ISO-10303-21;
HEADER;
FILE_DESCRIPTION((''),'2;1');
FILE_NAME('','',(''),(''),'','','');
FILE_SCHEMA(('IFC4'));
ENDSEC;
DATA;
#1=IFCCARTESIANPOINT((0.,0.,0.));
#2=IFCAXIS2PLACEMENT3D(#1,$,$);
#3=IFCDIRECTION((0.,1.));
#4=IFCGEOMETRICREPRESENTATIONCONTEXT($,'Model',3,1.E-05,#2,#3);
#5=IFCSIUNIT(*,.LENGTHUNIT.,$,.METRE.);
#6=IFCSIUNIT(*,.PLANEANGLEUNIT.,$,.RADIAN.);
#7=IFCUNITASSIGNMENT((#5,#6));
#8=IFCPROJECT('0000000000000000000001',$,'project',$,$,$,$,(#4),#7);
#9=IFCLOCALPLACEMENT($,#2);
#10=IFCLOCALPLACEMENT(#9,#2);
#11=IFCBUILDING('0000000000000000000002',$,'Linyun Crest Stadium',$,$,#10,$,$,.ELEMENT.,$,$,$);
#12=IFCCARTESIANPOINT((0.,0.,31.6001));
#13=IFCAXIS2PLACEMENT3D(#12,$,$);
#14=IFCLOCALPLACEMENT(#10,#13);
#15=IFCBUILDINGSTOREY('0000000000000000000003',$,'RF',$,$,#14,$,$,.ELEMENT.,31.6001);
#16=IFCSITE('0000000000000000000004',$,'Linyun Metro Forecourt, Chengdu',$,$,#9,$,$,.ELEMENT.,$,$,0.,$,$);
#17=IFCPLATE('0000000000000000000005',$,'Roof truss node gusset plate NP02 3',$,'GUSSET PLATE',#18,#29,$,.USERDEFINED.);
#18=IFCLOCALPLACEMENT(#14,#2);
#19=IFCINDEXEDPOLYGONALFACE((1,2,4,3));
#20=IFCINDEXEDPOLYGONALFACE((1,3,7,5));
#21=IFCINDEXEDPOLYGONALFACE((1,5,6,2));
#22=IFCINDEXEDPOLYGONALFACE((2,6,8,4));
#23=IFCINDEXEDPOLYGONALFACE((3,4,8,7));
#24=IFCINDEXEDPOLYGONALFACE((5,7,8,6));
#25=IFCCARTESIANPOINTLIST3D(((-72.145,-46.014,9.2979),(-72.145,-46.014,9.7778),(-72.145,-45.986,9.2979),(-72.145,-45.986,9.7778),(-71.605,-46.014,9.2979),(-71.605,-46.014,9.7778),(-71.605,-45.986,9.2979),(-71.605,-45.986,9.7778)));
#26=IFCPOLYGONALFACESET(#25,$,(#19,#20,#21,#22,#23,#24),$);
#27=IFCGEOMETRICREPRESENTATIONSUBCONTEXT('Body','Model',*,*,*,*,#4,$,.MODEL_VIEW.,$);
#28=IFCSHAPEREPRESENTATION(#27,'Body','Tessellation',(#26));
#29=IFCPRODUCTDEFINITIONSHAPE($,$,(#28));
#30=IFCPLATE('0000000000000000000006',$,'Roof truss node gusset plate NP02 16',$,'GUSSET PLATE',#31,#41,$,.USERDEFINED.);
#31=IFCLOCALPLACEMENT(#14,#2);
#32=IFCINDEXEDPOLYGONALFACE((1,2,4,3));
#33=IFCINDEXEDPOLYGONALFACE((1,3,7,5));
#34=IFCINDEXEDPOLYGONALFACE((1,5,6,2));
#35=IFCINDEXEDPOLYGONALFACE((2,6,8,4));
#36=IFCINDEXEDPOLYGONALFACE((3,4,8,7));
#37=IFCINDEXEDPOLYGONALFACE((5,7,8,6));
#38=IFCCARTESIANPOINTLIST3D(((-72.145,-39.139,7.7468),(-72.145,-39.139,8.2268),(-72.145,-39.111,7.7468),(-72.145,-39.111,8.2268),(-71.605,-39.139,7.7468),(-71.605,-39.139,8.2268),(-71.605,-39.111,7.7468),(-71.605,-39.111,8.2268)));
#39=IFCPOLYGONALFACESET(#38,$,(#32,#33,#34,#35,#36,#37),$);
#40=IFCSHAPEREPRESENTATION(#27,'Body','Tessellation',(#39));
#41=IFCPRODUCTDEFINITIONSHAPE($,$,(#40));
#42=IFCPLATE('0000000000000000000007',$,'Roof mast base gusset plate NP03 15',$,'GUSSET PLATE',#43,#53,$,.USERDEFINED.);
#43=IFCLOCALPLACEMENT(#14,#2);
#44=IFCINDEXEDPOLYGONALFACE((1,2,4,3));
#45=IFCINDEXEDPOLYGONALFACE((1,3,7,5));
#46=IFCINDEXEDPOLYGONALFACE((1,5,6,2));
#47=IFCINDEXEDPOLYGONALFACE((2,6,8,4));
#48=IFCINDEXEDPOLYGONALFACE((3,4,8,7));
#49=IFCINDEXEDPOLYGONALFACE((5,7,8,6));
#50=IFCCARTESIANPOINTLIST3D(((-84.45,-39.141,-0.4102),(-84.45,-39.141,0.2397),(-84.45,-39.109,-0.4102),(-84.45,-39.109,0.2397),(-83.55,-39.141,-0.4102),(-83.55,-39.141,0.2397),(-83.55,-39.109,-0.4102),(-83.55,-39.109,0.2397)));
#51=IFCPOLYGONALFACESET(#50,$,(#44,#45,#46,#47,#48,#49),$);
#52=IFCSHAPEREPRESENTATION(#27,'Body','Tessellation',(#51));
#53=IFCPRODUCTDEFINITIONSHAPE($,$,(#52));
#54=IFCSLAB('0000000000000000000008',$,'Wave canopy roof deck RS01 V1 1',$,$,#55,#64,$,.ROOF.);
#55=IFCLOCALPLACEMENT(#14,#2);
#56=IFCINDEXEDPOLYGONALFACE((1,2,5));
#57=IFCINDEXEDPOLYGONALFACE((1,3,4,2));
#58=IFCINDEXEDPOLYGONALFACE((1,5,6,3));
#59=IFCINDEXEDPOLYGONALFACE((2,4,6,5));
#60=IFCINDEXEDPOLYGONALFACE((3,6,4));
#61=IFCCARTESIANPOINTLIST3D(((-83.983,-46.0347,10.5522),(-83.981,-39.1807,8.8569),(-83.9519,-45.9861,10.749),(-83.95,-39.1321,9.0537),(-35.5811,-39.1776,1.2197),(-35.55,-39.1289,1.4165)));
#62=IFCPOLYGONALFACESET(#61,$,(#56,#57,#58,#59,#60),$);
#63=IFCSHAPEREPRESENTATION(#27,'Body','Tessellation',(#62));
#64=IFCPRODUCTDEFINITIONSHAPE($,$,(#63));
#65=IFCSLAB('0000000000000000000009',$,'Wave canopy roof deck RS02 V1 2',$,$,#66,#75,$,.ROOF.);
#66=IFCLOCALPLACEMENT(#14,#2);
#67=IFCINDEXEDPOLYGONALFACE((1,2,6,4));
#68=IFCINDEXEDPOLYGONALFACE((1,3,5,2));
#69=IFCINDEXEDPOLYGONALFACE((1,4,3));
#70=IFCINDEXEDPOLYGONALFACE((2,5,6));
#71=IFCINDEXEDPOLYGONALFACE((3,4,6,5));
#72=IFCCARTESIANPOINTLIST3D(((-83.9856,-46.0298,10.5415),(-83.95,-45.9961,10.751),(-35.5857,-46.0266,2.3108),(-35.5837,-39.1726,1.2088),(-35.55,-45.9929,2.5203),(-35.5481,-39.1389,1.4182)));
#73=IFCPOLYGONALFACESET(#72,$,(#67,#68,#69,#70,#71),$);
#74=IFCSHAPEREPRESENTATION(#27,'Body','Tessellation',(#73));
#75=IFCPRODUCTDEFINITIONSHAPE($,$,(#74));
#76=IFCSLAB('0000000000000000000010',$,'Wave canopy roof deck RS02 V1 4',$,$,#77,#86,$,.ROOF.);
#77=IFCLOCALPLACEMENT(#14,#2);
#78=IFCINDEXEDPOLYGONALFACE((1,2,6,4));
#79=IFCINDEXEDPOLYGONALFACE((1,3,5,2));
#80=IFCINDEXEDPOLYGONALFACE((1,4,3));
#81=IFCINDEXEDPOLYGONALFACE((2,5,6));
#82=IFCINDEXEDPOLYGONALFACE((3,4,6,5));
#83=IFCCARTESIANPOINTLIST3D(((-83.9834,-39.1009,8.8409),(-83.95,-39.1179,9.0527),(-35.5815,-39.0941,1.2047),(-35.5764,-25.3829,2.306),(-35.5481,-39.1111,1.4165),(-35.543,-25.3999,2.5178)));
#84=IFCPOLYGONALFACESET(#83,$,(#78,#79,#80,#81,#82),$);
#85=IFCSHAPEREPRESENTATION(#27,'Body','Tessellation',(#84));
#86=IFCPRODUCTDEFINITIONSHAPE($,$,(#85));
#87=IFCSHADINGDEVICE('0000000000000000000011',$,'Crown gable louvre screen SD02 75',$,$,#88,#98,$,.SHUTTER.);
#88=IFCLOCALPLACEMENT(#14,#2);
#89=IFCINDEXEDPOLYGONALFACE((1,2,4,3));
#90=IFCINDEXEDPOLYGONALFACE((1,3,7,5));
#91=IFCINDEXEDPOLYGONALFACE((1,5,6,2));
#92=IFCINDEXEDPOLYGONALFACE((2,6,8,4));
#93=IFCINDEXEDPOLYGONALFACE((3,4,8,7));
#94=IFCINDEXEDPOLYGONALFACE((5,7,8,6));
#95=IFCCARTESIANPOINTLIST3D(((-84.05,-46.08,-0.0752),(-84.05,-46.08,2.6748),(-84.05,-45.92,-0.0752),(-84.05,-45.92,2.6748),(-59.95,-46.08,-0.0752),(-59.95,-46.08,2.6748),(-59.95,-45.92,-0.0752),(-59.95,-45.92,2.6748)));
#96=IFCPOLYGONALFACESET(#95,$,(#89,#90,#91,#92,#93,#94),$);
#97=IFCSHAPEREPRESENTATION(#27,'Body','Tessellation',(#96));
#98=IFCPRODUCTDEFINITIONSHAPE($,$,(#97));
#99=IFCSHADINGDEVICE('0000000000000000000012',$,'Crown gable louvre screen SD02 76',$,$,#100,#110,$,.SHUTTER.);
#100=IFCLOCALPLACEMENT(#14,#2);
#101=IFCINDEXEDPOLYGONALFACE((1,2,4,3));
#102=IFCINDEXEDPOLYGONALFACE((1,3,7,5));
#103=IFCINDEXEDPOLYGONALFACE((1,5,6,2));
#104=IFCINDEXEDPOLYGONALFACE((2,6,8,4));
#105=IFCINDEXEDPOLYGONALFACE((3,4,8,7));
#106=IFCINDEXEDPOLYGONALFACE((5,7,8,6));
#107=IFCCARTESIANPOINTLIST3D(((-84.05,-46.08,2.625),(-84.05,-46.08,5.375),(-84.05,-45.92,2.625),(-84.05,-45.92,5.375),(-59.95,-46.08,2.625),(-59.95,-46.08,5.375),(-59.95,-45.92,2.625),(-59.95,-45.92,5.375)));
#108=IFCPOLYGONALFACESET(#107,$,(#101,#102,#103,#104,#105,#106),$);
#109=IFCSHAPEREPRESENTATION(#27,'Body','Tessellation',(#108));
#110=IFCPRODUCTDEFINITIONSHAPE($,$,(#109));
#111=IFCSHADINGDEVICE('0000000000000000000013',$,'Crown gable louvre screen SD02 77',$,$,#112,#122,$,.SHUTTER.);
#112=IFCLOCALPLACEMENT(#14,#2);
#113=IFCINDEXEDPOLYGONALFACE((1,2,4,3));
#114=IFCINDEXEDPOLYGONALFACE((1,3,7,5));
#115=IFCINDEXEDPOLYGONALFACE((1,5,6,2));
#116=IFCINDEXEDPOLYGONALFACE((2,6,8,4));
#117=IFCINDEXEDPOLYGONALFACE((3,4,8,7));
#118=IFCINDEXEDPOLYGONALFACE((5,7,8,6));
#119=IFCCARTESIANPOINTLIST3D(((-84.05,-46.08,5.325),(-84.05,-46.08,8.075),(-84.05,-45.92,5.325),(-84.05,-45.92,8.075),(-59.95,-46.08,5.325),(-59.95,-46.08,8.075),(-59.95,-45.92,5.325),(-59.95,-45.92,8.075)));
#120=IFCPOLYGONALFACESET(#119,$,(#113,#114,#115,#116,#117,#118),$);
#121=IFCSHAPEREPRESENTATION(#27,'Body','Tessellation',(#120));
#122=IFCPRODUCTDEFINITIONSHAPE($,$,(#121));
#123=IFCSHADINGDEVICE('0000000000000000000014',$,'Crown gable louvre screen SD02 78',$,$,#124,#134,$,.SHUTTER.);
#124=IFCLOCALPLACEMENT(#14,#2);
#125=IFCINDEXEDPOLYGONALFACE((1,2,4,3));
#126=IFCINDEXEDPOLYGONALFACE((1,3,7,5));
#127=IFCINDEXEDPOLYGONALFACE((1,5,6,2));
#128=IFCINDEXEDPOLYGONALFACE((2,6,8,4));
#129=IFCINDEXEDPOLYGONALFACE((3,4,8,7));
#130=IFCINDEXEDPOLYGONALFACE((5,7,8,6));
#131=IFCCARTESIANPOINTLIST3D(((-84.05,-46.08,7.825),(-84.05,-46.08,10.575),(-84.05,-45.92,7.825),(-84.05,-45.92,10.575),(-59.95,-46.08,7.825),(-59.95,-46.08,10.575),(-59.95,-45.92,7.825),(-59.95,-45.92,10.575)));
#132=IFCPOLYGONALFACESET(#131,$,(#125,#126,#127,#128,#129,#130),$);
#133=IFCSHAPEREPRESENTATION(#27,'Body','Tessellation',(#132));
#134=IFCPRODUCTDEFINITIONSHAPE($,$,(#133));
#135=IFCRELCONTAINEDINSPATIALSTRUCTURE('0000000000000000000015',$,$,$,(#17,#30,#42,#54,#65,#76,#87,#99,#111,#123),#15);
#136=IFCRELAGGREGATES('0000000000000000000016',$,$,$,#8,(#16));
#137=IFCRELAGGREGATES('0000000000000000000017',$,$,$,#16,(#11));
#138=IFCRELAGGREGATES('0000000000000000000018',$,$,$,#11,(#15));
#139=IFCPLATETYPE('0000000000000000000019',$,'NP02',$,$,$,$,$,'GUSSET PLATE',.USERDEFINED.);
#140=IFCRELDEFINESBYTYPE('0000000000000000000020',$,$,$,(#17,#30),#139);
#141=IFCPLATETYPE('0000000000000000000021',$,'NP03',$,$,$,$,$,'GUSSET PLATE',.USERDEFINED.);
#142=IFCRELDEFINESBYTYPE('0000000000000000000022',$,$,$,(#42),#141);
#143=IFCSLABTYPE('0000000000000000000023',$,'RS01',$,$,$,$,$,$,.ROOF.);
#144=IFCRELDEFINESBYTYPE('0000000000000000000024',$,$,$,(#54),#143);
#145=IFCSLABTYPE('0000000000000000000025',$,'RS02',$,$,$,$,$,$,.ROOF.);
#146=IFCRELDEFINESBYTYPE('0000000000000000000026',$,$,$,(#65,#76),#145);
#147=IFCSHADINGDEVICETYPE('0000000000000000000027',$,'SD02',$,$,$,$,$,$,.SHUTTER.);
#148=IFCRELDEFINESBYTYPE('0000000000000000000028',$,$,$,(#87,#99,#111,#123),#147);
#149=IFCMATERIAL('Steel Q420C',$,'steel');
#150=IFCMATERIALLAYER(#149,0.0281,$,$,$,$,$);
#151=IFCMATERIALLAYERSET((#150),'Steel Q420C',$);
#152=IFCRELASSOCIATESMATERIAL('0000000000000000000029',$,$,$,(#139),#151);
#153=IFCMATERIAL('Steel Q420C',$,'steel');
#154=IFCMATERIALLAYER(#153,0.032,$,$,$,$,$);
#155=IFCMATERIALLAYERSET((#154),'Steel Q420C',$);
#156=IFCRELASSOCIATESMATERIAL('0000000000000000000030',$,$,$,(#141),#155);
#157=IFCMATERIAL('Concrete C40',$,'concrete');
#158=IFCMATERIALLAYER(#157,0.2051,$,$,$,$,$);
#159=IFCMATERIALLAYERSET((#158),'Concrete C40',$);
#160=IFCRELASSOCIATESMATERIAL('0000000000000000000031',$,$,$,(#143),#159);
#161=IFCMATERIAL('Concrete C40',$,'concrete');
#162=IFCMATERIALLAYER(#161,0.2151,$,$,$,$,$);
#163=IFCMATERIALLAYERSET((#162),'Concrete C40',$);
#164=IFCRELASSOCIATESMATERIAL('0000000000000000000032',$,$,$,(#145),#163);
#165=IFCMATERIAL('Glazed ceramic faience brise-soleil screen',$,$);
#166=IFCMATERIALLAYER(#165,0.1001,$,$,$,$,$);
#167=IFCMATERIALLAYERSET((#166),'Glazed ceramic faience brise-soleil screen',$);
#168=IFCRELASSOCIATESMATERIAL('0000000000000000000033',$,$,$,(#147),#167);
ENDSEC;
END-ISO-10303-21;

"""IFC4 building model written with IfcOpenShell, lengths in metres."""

from ifc_helpers import new_model, si_unit, direction, frame, origin, origin_2d, place, context, subcontext, project, spatial, polyline, rectangle, outline, extrude, material, layer, layer_set, type_object, element, save


model = new_model("IFC4")

# Units and contexts
model_context = context("Model", 3, precision=1e-05, world=origin(), true_north=direction((0.0, 1.0)))
body_context = subcontext(model_context, "Body", "Model", "MODEL_VIEW")
ifc_project = project(units=[si_unit("LENGTHUNIT", "METRE"), si_unit("PLANEANGLEUNIT", "RADIAN")], contexts=[model_context])

# Site, building, storey
site_placement = place(None, origin())
site = spatial("IfcSite", under=ifc_project, at=site_placement, Name="Linyun Metro Forecourt, Chengdu", CompositionType="ELEMENT", RefElevation=0.0)
building_placement = place(site_placement, origin())
building = spatial("IfcBuilding", under=site, at=building_placement, Name="Linyun Crest Stadium", CompositionType="ELEMENT")
storey_placement = place(building_placement, frame((0.0, 0.0, 31.6001)))
storey = spatial("IfcBuildingStorey", under=building, at=storey_placement, Name="RF", CompositionType="ELEMENT", Elevation=31.6001)

# Plates
ifc_material_1 = material(Name="Steel Q420C", Category="steel")
ifc_layer_1 = layer(ifc_material_1, 0.0281)
ifc_layer_set_1 = layer_set([ifc_layer_1], Name="Steel Q420C")
plate_type_1 = type_object("IfcPlateType", Name="NP02", ElementType="GUSSET PLATE", PredefinedType="USERDEFINED", material=ifc_layer_set_1)
for number, where, z_axis, x_axis, name in (
    (1, (-71.875, -46.0, 9.2979), (0.0, 0.0, 1.0), (1.0, 0.0, 0.0), "Roof truss node gusset plate NP02 3"),
    (2, (-71.875, -39.125, 7.7468), (0.0, 0.0, 1.0), (1.0, 0.0, 0.0), "Roof truss node gusset plate NP02 16"),
):
    element("IfcPlate", number, at=place(storey_placement, frame(where, z_axis=z_axis, x_axis=x_axis)), inside=storey, type_object=plate_type_1, Name=name, ObjectType="GUSSET PLATE", PredefinedType="USERDEFINED", context=body_context, shape_type="SweptSolid", body=[
        extrude(rectangle(XDim=0.54, YDim=0.0281, at=origin_2d()), origin(), (0.0, 0.0, 1.0), 0.48),
    ])
ifc_material_2 = material(Name="Steel Q420C", Category="steel")
ifc_layer_2 = layer(ifc_material_2, 0.032)
ifc_layer_set_2 = layer_set([ifc_layer_2], Name="Steel Q420C")
plate_type_2 = type_object("IfcPlateType", Name="NP03", ElementType="GUSSET PLATE", PredefinedType="USERDEFINED", material=ifc_layer_set_2)
plate_placement = place(storey_placement, frame((-84.0, -39.125, -0.4102), z_axis=(0.0, 0.0, 1.0), x_axis=(1.0, 0.0, 0.0)))
element("IfcPlate", 3, at=plate_placement, inside=storey, type_object=plate_type_2, Name="Roof mast base gusset plate NP03 15", ObjectType="GUSSET PLATE", PredefinedType="USERDEFINED", context=body_context, shape_type="SweptSolid", body=[
    extrude(rectangle(XDim=0.8999, YDim=0.032, at=origin_2d()), origin(), (0.0, 0.0, 1.0), 0.6499),
])

# Slabs
ifc_material_3 = material(Name="Concrete C40", Category="concrete")
ifc_layer_3 = layer(ifc_material_3, 0.2051)
ifc_layer_set_3 = layer_set([ifc_layer_3], Name="Concrete C40")
slab_type_1 = type_object("IfcSlabType", Name="RS01", PredefinedType="ROOF", material=ifc_layer_set_3)
slab_1_placement = place(storey_placement, frame((-83.9519, -45.9861, 10.749), z_axis=(0.151398, 0.237302, 0.959566), x_axis=(0.000277, 0.970746, -0.24011)))
element("IfcSlab", 4, at=slab_1_placement, inside=storey, type_object=slab_type_1, Name="Wave canopy roof deck RS01 V1 1", PredefinedType="ROOF", context=body_context, shape_type="SweptSolid", body=[
    extrude(outline(polyline([(0.0, 0.0), (7.0606, 0.0), (8.9108, -48.9638), (0.0, 0.0)])), origin(), (0.0, 0.0, -1.0), 0.2051),
])
ifc_material_4 = material(Name="Concrete C40", Category="concrete")
ifc_layer_4 = layer(ifc_material_4, 0.2151)
ifc_layer_set_4 = layer_set([ifc_layer_4], Name="Concrete C40")
slab_type_2 = type_object("IfcSlabType", Name="RS02", PredefinedType="ROOF", material=ifc_layer_set_4)
slab_2_placement = place(storey_placement, frame((-83.95, -45.9961, 10.751), z_axis=(0.165573, 0.156513, 0.973699), x_axis=(0.972548, 0.137783, -0.187525)))
element("IfcSlab", 5, at=slab_2_placement, inside=storey, type_object=slab_type_2, Name="Wave canopy roof deck RS02 V1 2", PredefinedType="ROOF", context=body_context, shape_type="SweptSolid", body=[
    extrude(outline(polyline([(0.0, 0.0), (49.7681, 0.0), (48.6151, -6.8456), (0.0, 0.0)])), origin(), (0.0, 0.0, -1.0), 0.2151),
])
slab_3_placement = place(storey_placement, frame((-83.95, -39.1179, 9.0527), z_axis=(0.155362, -0.07915, 0.984682), x_axis=(0.954098, 0.270381, -0.128803)))
element("IfcSlab", 6, at=slab_3_placement, inside=storey, type_object=slab_type_2, Name="Wave canopy roof deck RS02 V1 4", PredefinedType="ROOF", context=body_context, shape_type="SweptSolid", body=[
    extrude(outline(polyline([(0.0, 0.0), (50.7358, 0.0), (47.1656, -13.2839), (0.0, 0.0)])), origin(), (0.0, 0.0, -1.0), 0.2151),
])

# Shading devices
ifc_material_5 = material(Name="Glazed ceramic faience brise-soleil screen")
ifc_layer_5 = layer(ifc_material_5, 0.1001)
ifc_layer_set_5 = layer_set([ifc_layer_5], Name="Glazed ceramic faience brise-soleil screen")
shading_device_type = type_object("IfcShadingDeviceType", Name="SD02", PredefinedType="SHUTTER", material=ifc_layer_set_5)
for number, where, z_axis, x_axis, name in (
    (7, (-72.0, -46.0, -0.0752), (0.0, 0.0, 1.0), (1.0, 0.0, 0.0), "Crown gable louvre screen SD02 75"),
    (8, (-72.0, -46.0, 2.625), (0.0, 0.0, 1.0), (1.0, 0.0, 0.0), "Crown gable louvre screen SD02 76"),
    (9, (-72.0, -46.0, 5.325), (0.0, 0.0, 1.0), (1.0, 0.0, 0.0), "Crown gable louvre screen SD02 77"),
    (10, (-72.0, -46.0, 7.825), (0.0, 0.0, 1.0), (1.0, 0.0, 0.0), "Crown gable louvre screen SD02 78"),
):
    element("IfcShadingDevice", number, at=place(storey_placement, frame(where, z_axis=z_axis, x_axis=x_axis)), inside=storey, type_object=shading_device_type, Name=name, PredefinedType="SHUTTER", context=body_context, shape_type="SweptSolid", body=[
        extrude(rectangle(XDim=24.1001, YDim=0.1599, at=origin_2d()), origin(), (0.0, 0.0, 1.0), 2.75),
    ])

save(model, "model.ifc")
